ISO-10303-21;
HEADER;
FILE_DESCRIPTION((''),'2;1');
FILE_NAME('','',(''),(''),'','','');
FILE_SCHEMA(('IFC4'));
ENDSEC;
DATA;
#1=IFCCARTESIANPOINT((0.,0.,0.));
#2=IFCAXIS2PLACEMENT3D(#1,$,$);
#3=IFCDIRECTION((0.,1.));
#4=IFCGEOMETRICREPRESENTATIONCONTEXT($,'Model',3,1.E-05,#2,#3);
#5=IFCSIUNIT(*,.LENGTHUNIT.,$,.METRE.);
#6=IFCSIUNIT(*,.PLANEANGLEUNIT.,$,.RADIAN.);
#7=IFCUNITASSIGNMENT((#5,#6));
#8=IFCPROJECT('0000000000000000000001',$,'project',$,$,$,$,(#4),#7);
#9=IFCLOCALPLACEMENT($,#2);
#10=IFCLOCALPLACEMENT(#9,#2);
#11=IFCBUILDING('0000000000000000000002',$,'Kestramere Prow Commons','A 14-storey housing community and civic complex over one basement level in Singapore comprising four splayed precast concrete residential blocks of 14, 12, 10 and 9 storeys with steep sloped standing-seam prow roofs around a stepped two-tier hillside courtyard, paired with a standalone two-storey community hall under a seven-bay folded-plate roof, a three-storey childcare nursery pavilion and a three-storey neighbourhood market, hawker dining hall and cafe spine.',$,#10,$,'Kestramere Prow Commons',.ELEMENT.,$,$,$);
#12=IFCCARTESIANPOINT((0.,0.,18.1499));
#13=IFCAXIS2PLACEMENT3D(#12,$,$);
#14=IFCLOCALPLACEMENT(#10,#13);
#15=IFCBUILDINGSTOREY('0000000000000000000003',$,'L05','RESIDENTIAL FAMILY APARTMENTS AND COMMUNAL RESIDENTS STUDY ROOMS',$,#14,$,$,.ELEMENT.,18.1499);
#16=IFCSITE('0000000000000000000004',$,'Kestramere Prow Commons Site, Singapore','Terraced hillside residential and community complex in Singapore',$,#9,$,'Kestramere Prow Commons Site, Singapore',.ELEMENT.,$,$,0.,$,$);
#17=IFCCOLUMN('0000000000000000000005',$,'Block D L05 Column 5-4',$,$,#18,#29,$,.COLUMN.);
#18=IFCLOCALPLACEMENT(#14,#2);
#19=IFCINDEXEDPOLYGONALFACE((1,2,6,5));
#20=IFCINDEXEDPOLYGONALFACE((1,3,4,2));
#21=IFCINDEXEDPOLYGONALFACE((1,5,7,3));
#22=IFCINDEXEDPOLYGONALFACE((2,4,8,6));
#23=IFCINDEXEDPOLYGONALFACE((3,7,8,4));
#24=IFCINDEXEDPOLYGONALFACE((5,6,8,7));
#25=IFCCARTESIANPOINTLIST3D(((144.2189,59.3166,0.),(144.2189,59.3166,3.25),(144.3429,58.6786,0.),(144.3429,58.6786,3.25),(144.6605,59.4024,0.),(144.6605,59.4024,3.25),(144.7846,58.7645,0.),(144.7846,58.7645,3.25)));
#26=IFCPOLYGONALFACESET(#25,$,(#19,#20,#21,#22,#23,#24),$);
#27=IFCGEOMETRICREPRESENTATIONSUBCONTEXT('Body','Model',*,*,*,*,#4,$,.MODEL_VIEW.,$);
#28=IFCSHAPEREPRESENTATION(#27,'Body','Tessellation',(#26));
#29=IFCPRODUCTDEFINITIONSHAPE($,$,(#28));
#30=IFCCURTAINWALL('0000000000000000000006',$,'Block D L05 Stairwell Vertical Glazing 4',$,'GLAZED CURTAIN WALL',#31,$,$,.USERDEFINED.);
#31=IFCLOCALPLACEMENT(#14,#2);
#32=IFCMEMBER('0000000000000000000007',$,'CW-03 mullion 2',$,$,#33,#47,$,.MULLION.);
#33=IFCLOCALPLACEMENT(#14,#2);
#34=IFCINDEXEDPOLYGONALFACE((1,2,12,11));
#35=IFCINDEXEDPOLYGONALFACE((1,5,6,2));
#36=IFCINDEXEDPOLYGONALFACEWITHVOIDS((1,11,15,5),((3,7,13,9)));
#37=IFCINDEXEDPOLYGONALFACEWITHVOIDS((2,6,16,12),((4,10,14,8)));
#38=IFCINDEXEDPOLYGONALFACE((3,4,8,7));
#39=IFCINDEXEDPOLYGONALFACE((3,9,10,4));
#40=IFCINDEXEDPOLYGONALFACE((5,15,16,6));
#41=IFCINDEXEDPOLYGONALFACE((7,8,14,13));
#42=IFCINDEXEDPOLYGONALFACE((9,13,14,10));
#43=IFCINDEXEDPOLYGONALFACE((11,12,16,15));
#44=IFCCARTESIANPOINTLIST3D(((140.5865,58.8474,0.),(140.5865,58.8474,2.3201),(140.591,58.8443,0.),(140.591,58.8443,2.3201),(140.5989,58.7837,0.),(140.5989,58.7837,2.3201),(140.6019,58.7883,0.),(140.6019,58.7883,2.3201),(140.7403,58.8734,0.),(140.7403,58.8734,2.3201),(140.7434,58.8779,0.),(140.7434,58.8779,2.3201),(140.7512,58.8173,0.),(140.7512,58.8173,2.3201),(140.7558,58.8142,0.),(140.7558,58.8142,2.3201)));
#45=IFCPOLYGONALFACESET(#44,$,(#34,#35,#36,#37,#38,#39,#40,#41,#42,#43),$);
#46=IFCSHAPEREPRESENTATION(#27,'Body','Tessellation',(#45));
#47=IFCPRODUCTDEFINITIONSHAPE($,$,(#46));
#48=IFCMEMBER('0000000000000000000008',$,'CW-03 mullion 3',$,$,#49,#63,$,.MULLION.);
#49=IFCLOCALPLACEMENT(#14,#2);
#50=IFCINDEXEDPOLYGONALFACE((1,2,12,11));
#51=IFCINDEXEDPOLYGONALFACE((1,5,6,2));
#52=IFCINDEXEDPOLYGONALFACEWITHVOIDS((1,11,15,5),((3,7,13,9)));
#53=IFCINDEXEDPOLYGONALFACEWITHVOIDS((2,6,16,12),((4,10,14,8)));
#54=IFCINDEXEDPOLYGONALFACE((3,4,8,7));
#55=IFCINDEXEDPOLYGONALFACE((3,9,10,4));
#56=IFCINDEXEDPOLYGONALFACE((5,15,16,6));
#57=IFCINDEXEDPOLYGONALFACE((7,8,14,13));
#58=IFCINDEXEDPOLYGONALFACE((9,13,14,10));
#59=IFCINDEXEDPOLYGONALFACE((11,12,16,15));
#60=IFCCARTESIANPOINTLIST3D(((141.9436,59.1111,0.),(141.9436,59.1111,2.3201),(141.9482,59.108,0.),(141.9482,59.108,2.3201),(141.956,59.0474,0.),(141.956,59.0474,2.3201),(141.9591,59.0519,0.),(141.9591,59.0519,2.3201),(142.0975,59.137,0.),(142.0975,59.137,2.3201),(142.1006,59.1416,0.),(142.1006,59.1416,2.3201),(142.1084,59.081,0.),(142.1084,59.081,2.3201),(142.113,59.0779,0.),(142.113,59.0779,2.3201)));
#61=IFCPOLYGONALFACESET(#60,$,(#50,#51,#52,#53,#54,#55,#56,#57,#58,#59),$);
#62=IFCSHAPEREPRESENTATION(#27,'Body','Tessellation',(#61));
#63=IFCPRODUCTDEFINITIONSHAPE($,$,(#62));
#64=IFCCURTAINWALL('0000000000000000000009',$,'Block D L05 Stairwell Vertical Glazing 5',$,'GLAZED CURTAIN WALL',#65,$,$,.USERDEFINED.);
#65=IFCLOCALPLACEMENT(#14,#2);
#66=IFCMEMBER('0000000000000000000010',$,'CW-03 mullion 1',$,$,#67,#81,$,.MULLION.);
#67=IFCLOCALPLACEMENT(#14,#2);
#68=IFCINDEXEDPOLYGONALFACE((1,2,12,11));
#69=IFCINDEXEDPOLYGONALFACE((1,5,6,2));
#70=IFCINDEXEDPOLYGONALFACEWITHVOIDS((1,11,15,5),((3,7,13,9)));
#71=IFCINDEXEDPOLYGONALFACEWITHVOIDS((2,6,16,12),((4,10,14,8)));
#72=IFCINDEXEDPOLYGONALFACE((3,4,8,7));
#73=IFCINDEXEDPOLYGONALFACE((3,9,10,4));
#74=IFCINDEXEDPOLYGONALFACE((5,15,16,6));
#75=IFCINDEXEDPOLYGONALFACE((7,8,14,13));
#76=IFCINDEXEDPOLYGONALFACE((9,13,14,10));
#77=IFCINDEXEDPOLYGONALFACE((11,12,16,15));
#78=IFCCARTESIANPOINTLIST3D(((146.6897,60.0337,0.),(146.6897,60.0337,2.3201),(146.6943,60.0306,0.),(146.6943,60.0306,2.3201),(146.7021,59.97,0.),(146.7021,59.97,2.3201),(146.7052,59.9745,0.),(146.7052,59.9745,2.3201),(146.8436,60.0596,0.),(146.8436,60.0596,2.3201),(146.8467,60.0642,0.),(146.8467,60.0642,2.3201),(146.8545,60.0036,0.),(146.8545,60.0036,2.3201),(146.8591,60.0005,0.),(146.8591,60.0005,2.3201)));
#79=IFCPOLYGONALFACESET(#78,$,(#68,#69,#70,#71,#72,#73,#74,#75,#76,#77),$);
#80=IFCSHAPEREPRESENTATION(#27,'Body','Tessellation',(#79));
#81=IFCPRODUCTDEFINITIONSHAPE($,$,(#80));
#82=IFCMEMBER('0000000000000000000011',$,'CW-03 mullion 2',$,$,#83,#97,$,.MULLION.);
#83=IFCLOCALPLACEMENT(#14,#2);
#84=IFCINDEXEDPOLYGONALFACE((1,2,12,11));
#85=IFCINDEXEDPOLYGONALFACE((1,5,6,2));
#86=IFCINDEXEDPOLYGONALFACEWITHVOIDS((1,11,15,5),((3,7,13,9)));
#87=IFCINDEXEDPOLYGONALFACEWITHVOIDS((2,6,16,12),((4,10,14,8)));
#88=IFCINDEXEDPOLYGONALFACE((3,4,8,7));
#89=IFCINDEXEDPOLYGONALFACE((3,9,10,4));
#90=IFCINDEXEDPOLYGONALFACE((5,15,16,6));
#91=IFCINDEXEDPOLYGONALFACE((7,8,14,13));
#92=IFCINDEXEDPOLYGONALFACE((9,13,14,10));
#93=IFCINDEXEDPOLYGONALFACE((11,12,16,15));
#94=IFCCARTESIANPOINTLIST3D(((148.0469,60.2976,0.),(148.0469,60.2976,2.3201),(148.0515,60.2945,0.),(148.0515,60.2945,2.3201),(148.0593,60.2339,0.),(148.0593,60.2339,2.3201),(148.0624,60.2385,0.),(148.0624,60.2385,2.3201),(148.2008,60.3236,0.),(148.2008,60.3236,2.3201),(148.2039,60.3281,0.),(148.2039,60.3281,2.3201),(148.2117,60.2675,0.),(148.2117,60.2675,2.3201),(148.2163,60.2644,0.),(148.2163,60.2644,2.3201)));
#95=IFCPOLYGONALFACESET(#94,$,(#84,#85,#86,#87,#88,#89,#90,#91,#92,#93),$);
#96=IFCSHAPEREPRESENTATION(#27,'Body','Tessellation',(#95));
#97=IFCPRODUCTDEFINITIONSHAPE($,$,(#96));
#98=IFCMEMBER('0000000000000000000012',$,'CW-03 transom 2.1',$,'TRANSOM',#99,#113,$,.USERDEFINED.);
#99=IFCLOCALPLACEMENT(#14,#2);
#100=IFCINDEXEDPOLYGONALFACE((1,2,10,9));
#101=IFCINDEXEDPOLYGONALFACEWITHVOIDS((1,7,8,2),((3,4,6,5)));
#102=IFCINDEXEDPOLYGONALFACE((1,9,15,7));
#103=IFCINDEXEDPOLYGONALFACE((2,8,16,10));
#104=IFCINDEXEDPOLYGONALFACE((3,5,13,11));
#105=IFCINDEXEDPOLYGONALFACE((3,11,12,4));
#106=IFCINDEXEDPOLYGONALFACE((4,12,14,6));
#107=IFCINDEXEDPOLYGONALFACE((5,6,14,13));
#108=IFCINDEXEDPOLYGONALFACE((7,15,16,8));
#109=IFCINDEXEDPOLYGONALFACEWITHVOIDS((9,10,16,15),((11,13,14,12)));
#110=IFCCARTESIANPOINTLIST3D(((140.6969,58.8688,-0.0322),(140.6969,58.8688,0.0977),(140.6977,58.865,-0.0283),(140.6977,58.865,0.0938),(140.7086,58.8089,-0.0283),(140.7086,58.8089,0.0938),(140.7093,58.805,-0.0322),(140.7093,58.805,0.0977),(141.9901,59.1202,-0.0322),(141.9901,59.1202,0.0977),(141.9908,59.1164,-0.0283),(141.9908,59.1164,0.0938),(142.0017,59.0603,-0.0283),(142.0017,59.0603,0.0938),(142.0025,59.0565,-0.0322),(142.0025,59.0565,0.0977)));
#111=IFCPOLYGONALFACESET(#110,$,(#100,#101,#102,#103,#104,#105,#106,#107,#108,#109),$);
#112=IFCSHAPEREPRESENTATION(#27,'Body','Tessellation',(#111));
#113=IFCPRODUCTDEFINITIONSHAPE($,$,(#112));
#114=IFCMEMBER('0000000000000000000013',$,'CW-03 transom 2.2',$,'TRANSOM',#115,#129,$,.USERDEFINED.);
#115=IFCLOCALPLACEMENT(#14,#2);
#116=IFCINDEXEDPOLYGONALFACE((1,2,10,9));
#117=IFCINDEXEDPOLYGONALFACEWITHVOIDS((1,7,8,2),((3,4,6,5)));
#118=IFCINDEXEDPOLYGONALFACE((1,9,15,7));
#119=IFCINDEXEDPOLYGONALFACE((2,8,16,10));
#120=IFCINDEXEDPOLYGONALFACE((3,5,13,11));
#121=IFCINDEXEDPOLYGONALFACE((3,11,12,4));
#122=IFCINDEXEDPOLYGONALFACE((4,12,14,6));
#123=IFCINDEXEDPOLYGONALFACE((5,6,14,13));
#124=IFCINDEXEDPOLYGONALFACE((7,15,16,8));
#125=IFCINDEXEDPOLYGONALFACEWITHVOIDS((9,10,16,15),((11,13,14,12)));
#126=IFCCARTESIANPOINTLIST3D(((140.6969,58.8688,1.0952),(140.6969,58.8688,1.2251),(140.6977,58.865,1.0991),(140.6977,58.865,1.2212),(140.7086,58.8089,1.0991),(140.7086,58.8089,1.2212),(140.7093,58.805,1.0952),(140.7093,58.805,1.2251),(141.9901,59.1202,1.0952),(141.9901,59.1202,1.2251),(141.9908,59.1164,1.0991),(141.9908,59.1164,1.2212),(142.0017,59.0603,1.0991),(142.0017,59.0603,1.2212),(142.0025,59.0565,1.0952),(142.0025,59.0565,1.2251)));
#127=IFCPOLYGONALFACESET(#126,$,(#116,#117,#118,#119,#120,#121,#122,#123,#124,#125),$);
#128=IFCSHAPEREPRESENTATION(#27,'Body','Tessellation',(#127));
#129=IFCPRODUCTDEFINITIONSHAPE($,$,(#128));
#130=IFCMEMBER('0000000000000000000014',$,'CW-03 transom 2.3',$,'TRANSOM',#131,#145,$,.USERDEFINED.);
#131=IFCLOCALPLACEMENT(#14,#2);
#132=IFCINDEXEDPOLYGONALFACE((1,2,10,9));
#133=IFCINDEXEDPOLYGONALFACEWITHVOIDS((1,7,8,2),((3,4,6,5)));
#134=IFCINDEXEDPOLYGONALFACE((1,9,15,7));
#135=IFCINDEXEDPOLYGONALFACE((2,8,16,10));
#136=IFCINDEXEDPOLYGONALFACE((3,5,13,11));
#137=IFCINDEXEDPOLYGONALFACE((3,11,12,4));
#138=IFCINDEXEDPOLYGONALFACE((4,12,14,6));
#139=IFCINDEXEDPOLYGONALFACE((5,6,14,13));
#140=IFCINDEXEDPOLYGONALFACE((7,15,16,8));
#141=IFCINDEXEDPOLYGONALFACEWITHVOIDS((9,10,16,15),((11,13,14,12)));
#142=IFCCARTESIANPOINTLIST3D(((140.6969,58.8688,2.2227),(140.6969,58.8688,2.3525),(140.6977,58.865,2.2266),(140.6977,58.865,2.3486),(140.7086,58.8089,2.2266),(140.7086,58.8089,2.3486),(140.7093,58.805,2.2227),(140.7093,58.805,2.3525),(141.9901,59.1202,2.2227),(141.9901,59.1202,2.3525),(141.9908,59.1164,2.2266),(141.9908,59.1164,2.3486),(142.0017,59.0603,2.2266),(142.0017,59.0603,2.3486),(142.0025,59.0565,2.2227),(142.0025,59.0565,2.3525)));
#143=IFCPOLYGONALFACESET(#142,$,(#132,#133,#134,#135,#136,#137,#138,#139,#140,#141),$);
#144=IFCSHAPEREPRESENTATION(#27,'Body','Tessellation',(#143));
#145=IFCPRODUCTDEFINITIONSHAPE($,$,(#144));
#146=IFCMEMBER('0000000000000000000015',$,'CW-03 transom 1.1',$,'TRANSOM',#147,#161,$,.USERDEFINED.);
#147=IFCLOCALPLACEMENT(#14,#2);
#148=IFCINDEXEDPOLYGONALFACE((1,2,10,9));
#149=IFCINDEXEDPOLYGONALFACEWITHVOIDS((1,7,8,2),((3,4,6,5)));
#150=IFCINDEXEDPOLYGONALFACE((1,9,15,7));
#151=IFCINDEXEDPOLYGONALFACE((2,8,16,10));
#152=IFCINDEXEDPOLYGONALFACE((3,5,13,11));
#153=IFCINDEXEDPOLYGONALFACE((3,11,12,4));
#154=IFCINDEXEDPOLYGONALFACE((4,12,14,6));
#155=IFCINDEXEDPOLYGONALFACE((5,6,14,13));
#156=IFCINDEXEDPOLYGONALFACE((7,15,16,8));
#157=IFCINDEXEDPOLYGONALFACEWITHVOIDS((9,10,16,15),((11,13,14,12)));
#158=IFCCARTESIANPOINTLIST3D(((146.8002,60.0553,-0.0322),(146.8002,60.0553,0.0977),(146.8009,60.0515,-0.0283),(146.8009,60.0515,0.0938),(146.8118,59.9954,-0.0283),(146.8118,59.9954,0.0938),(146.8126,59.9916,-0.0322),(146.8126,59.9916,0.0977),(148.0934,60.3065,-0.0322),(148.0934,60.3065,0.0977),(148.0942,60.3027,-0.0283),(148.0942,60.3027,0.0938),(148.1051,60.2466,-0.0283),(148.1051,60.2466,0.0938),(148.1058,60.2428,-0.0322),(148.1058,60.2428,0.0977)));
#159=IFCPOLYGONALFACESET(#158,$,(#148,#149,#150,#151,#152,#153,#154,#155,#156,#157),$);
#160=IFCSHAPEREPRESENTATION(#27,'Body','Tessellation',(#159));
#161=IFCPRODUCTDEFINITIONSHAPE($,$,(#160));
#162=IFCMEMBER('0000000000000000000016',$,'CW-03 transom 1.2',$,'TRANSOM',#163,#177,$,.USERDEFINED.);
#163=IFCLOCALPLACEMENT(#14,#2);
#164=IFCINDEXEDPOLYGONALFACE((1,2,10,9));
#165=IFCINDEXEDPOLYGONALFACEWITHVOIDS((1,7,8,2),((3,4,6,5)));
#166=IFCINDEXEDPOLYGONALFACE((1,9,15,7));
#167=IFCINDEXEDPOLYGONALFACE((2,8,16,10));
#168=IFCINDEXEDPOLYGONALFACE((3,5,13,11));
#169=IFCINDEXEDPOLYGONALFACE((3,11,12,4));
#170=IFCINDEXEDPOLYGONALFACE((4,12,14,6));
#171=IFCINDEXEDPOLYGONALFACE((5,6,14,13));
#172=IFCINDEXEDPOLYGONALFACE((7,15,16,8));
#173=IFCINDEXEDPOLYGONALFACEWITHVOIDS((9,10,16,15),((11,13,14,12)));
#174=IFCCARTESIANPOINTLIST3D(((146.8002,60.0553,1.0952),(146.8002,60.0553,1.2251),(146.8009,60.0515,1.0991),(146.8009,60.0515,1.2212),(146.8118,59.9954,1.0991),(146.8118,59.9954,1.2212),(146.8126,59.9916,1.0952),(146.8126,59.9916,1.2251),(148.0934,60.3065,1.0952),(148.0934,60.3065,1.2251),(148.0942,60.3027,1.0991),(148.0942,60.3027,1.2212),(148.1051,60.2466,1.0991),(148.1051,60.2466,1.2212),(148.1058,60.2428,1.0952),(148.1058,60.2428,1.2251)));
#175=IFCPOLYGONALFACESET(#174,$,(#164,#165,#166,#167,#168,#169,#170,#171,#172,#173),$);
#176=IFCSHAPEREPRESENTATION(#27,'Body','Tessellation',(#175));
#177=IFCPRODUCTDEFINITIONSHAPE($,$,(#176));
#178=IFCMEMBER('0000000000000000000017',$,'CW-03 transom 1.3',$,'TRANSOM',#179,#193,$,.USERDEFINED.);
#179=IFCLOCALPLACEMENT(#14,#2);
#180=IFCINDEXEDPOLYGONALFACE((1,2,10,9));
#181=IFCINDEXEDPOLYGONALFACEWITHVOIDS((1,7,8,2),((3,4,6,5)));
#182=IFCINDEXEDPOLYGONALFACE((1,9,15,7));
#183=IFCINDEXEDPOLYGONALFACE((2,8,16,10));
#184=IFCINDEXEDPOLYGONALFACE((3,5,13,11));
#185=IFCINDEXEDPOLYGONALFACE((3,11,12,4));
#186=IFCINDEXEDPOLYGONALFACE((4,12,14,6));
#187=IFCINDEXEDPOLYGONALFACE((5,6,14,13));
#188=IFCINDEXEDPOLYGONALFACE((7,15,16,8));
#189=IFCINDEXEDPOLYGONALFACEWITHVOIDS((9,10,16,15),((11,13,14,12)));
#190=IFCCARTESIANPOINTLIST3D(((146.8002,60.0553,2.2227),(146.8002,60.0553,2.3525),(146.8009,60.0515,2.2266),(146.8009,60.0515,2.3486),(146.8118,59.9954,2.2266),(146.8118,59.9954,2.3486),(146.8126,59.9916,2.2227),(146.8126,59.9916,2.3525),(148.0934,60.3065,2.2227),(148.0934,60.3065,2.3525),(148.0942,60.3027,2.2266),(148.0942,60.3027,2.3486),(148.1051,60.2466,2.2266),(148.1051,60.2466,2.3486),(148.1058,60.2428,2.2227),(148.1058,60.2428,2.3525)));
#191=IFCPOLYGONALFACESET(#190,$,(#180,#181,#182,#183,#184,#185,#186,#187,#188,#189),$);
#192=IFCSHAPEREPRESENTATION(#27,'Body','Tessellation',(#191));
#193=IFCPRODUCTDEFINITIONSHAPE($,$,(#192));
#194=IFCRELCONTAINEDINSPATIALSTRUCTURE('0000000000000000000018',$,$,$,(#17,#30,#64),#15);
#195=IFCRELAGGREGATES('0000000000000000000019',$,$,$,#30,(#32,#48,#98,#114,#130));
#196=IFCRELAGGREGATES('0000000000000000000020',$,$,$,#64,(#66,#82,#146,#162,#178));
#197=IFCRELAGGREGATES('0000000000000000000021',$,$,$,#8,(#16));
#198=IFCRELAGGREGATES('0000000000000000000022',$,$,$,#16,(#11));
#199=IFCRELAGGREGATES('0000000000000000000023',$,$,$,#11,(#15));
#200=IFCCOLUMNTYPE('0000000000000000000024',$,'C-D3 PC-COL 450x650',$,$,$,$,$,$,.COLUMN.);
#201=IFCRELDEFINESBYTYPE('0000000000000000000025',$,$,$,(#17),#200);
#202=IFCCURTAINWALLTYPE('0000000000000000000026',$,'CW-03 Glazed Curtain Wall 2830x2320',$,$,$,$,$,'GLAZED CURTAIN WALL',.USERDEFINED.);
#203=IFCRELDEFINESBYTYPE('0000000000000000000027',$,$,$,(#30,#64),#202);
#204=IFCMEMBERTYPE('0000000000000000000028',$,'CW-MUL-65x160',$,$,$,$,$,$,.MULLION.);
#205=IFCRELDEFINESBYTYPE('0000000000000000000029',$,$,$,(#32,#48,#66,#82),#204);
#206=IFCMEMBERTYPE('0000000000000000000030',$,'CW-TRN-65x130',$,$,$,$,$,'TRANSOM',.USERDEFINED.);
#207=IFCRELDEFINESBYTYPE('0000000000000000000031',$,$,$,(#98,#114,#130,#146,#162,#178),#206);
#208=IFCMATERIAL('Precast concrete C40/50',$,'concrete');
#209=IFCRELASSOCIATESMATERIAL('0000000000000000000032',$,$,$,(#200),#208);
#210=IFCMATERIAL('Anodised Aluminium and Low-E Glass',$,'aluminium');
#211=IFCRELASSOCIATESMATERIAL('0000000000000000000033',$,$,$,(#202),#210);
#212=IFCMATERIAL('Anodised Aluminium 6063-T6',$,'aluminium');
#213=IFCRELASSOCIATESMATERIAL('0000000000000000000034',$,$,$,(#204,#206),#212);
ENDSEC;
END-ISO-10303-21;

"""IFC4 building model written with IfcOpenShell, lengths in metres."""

from ifc_helpers import new_model, si_unit, direction, frame, origin, origin_2d, place, context, subcontext, project, spatial, rectangle, hollow_rectangle, extrude, material, material_profile, profile_set, type_object, element, aggregate, save


model = new_model("IFC4")

# Units and contexts
model_context = context("Model", 3, precision=1e-05, world=origin(), true_north=direction((0.0, 1.0)))
body_context = subcontext(model_context, "Body", "Model", "MODEL_VIEW")
ifc_project = project(units=[si_unit("LENGTHUNIT", "METRE"), si_unit("PLANEANGLEUNIT", "RADIAN")], contexts=[model_context])

# Site, building, storey
site_placement = place(None, origin())
site = spatial("IfcSite", under=ifc_project, at=site_placement, Name="Kestramere Prow Commons Site, Singapore", Description="Terraced hillside residential and community complex in Singapore", LongName="Kestramere Prow Commons Site, Singapore", CompositionType="ELEMENT", RefElevation=0.0)
building_placement = place(site_placement, origin())
building = spatial("IfcBuilding", under=site, at=building_placement, Name="Kestramere Prow Commons", Description="A 14-storey housing community and civic complex over one basement level in Singapore comprising four splayed precast concrete residential blocks of 14, 12, 10 and 9 storeys with steep sloped standing-seam prow roofs around a stepped two-tier hillside courtyard, paired with a standalone two-storey community hall under a seven-bay folded-plate roof, a three-storey childcare nursery pavilion and a three-storey neighbourhood market, hawker dining hall and cafe spine.", LongName="Kestramere Prow Commons", CompositionType="ELEMENT")
storey_placement = place(building_placement, frame((0.0, 0.0, 18.1499)))
storey = spatial("IfcBuildingStorey", under=building, at=storey_placement, Name="L05", Description="RESIDENTIAL FAMILY APARTMENTS AND COMMUNAL RESIDENTS STUDY ROOMS", CompositionType="ELEMENT", Elevation=18.1499)

# Column
ifc_material_1 = material(Name="Precast concrete C40/50", Category="concrete")
ifc_material_profile_1 = material_profile(ifc_material_1, rectangle(XDim=0.45, YDim=0.6499, at=origin_2d()), Name="PC-COL 450x650")
ifc_profile_set_1 = profile_set([ifc_material_profile_1], Name="Precast concrete C40/50")
column_type = type_object("IfcColumnType", Name="C-D3 PC-COL 450x650", PredefinedType="COLUMN", material=ifc_profile_set_1)
column_placement = place(storey_placement, frame((144.5017, 59.0405, 0.0), z_axis=(0.0, 0.0, 1.0), x_axis=(0.981627, 0.190809, 0.0)))
element("IfcColumn", 1, at=column_placement, inside=storey, type_object=column_type, Name="Block D L05 Column 5-4", PredefinedType="COLUMN", context=body_context, shape_type="SweptSolid", body=[
    extrude(rectangle(XDim=0.45, YDim=0.6499, at=origin_2d()), origin(), (0.0, 0.0, 1.0), 3.25),
])

# Curtain walls, members
ifc_material_2 = material(Name="Anodised Aluminium and Low-E Glass", Category="aluminium")
curtain_wall_type = type_object("IfcCurtainWallType", Name="CW-03 Glazed Curtain Wall 2830x2320", ElementType="GLAZED CURTAIN WALL", PredefinedType="USERDEFINED", material=ifc_material_2)
curtain_wall_1_placement = place(storey_placement, origin())
curtain_wall_1 = element("IfcCurtainWall", 2, at=curtain_wall_1_placement, inside=storey, type_object=curtain_wall_type, Name="Block D L05 Stairwell Vertical Glazing 4", ObjectType="GLAZED CURTAIN WALL", PredefinedType="USERDEFINED")
ifc_material_3 = material(Name="Anodised Aluminium 6063-T6", Category="aluminium")
ifc_material_profile_2 = material_profile(ifc_material_3, hollow_rectangle(XDim=0.0649, YDim=0.1599, WallThickness=0.0039, at=origin_2d()), Name="ALU-MUL 65x160")
ifc_profile_set_2 = profile_set([ifc_material_profile_2], Name="Anodised Aluminium 6063-T6")
member_type_1 = type_object("IfcMemberType", Name="CW-MUL-65x160", PredefinedType="MULLION", material=ifc_profile_set_2)
member_1_placement = place(storey_placement, frame((140.6711, 58.8308, 0.0), z_axis=(0.0, 0.0, 1.0), x_axis=(-0.190809, 0.981627, 0.0)))
member_1 = element("IfcMember", 3, at=member_1_placement, type_object=member_type_1, Name="CW-03 mullion 2", PredefinedType="MULLION", context=body_context, shape_type="SweptSolid", body=[
    extrude(hollow_rectangle(XDim=0.0649, YDim=0.1599, WallThickness=0.0039, at=origin_2d()), origin(), (0.0, 0.0, 1.0), 2.3201),
])
member_2_placement = place(storey_placement, frame((142.0283, 59.0945, 0.0), z_axis=(0.0, 0.0, 1.0), x_axis=(-0.190809, 0.981627, 0.0)))
member_2 = element("IfcMember", 4, at=member_2_placement, type_object=member_type_1, Name="CW-03 mullion 3", PredefinedType="MULLION", context=body_context, shape_type="SweptSolid", body=[
    extrude(hollow_rectangle(XDim=0.0649, YDim=0.1599, WallThickness=0.0039, at=origin_2d()), origin(), (0.0, 0.0, 1.0), 2.3201),
])
curtain_wall_2_placement = place(storey_placement, origin())
curtain_wall_2 = element("IfcCurtainWall", 5, at=curtain_wall_2_placement, inside=storey, type_object=curtain_wall_type, Name="Block D L05 Stairwell Vertical Glazing 5", ObjectType="GLAZED CURTAIN WALL", PredefinedType="USERDEFINED")
member_3_placement = place(storey_placement, frame((146.7744, 60.0171, 0.0), z_axis=(0.0, 0.0, 1.0), x_axis=(-0.190809, 0.981627, 0.0)))
member_3 = element("IfcMember", 6, at=member_3_placement, type_object=member_type_1, Name="CW-03 mullion 1", PredefinedType="MULLION", context=body_context, shape_type="SweptSolid", body=[
    extrude(hollow_rectangle(XDim=0.0649, YDim=0.1599, WallThickness=0.0039, at=origin_2d()), origin(), (0.0, 0.0, 1.0), 2.3201),
])
member_4_placement = place(storey_placement, frame((148.1316, 60.281, 0.0), z_axis=(0.0, 0.0, 1.0), x_axis=(-0.190809, 0.981627, 0.0)))
member_4 = element("IfcMember", 7, at=member_4_placement, type_object=member_type_1, Name="CW-03 mullion 2", PredefinedType="MULLION", context=body_context, shape_type="SweptSolid", body=[
    extrude(hollow_rectangle(XDim=0.0649, YDim=0.1599, WallThickness=0.0039, at=origin_2d()), origin(), (0.0, 0.0, 1.0), 2.3201),
])

# Members
ifc_material_profile_3 = material_profile(ifc_material_3, hollow_rectangle(XDim=0.0649, YDim=0.1299, WallThickness=0.0039, at=origin_2d()), Name="ALU-TRN 65x130")
ifc_profile_set_3 = profile_set([ifc_material_profile_3], Name="Anodised Aluminium 6063-T6")
member_type_2 = type_object("IfcMemberType", Name="CW-TRN-65x130", ElementType="TRANSOM", PredefinedType="USERDEFINED", material=ifc_profile_set_3)
member_5_placement = place(storey_placement, frame((140.7031, 58.8369, 0.0327), z_axis=(0.981614, 0.190875, 0.0), x_axis=(-0.190875, 0.981614, 0.0)))
member_5 = element("IfcMember", 8, at=member_5_placement, type_object=member_type_2, Name="CW-03 transom 2.1", ObjectType="TRANSOM", PredefinedType="USERDEFINED", context=body_context, shape_type="SweptSolid", body=[
    extrude(hollow_rectangle(XDim=0.0649, YDim=0.1299, WallThickness=0.0039, at=origin_2d()), origin(), (0.0, 0.0, 1.0), 1.3174),
])
member_6_placement = place(storey_placement, frame((140.7031, 58.8369, 1.1602), z_axis=(0.981614, 0.190875, 0.0), x_axis=(-0.190875, 0.981614, 0.0)))
member_6 = element("IfcMember", 9, at=member_6_placement, type_object=member_type_2, Name="CW-03 transom 2.2", ObjectType="TRANSOM", PredefinedType="USERDEFINED", context=body_context, shape_type="SweptSolid", body=[
    extrude(hollow_rectangle(XDim=0.0649, YDim=0.1299, WallThickness=0.0039, at=origin_2d()), origin(), (0.0, 0.0, 1.0), 1.3174),
])
member_7_placement = place(storey_placement, frame((140.7031, 58.8369, 2.2876), z_axis=(0.981614, 0.190875, 0.0), x_axis=(-0.190875, 0.981614, 0.0)))
member_7 = element("IfcMember", 10, at=member_7_placement, type_object=member_type_2, Name="CW-03 transom 2.3", ObjectType="TRANSOM", PredefinedType="USERDEFINED", context=body_context, shape_type="SweptSolid", body=[
    extrude(hollow_rectangle(XDim=0.0649, YDim=0.1299, WallThickness=0.0039, at=origin_2d()), origin(), (0.0, 0.0, 1.0), 1.3174),
])
member_8_placement = place(storey_placement, frame((146.8064, 60.0234, 0.0327), z_axis=(0.981649, 0.190696, 0.0), x_axis=(-0.190696, 0.981649, 0.0)))
member_8 = element("IfcMember", 11, at=member_8_placement, type_object=member_type_2, Name="CW-03 transom 1.1", ObjectType="TRANSOM", PredefinedType="USERDEFINED", context=body_context, shape_type="SweptSolid", body=[
    extrude(hollow_rectangle(XDim=0.0649, YDim=0.1299, WallThickness=0.0039, at=origin_2d()), origin(), (0.0, 0.0, 1.0), 1.3174),
])
member_9_placement = place(storey_placement, frame((146.8064, 60.0234, 1.1602), z_axis=(0.981649, 0.190696, 0.0), x_axis=(-0.190696, 0.981649, 0.0)))
member_9 = element("IfcMember", 12, at=member_9_placement, type_object=member_type_2, Name="CW-03 transom 1.2", ObjectType="TRANSOM", PredefinedType="USERDEFINED", context=body_context, shape_type="SweptSolid", body=[
    extrude(hollow_rectangle(XDim=0.0649, YDim=0.1299, WallThickness=0.0039, at=origin_2d()), origin(), (0.0, 0.0, 1.0), 1.3174),
])
member_10_placement = place(storey_placement, frame((146.8064, 60.0234, 2.2876), z_axis=(0.981649, 0.190696, 0.0), x_axis=(-0.190696, 0.981649, 0.0)))
member_10 = element("IfcMember", 13, at=member_10_placement, type_object=member_type_2, Name="CW-03 transom 1.3", ObjectType="TRANSOM", PredefinedType="USERDEFINED", context=body_context, shape_type="SweptSolid", body=[
    extrude(hollow_rectangle(XDim=0.0649, YDim=0.1299, WallThickness=0.0039, at=origin_2d()), origin(), (0.0, 0.0, 1.0), 1.3174),
])

aggregate(curtain_wall_1, [member_1, member_2, member_5, member_6, member_7])
aggregate(curtain_wall_2, [member_3, member_4, member_8, member_9, member_10])

save(model, "model.ifc")
